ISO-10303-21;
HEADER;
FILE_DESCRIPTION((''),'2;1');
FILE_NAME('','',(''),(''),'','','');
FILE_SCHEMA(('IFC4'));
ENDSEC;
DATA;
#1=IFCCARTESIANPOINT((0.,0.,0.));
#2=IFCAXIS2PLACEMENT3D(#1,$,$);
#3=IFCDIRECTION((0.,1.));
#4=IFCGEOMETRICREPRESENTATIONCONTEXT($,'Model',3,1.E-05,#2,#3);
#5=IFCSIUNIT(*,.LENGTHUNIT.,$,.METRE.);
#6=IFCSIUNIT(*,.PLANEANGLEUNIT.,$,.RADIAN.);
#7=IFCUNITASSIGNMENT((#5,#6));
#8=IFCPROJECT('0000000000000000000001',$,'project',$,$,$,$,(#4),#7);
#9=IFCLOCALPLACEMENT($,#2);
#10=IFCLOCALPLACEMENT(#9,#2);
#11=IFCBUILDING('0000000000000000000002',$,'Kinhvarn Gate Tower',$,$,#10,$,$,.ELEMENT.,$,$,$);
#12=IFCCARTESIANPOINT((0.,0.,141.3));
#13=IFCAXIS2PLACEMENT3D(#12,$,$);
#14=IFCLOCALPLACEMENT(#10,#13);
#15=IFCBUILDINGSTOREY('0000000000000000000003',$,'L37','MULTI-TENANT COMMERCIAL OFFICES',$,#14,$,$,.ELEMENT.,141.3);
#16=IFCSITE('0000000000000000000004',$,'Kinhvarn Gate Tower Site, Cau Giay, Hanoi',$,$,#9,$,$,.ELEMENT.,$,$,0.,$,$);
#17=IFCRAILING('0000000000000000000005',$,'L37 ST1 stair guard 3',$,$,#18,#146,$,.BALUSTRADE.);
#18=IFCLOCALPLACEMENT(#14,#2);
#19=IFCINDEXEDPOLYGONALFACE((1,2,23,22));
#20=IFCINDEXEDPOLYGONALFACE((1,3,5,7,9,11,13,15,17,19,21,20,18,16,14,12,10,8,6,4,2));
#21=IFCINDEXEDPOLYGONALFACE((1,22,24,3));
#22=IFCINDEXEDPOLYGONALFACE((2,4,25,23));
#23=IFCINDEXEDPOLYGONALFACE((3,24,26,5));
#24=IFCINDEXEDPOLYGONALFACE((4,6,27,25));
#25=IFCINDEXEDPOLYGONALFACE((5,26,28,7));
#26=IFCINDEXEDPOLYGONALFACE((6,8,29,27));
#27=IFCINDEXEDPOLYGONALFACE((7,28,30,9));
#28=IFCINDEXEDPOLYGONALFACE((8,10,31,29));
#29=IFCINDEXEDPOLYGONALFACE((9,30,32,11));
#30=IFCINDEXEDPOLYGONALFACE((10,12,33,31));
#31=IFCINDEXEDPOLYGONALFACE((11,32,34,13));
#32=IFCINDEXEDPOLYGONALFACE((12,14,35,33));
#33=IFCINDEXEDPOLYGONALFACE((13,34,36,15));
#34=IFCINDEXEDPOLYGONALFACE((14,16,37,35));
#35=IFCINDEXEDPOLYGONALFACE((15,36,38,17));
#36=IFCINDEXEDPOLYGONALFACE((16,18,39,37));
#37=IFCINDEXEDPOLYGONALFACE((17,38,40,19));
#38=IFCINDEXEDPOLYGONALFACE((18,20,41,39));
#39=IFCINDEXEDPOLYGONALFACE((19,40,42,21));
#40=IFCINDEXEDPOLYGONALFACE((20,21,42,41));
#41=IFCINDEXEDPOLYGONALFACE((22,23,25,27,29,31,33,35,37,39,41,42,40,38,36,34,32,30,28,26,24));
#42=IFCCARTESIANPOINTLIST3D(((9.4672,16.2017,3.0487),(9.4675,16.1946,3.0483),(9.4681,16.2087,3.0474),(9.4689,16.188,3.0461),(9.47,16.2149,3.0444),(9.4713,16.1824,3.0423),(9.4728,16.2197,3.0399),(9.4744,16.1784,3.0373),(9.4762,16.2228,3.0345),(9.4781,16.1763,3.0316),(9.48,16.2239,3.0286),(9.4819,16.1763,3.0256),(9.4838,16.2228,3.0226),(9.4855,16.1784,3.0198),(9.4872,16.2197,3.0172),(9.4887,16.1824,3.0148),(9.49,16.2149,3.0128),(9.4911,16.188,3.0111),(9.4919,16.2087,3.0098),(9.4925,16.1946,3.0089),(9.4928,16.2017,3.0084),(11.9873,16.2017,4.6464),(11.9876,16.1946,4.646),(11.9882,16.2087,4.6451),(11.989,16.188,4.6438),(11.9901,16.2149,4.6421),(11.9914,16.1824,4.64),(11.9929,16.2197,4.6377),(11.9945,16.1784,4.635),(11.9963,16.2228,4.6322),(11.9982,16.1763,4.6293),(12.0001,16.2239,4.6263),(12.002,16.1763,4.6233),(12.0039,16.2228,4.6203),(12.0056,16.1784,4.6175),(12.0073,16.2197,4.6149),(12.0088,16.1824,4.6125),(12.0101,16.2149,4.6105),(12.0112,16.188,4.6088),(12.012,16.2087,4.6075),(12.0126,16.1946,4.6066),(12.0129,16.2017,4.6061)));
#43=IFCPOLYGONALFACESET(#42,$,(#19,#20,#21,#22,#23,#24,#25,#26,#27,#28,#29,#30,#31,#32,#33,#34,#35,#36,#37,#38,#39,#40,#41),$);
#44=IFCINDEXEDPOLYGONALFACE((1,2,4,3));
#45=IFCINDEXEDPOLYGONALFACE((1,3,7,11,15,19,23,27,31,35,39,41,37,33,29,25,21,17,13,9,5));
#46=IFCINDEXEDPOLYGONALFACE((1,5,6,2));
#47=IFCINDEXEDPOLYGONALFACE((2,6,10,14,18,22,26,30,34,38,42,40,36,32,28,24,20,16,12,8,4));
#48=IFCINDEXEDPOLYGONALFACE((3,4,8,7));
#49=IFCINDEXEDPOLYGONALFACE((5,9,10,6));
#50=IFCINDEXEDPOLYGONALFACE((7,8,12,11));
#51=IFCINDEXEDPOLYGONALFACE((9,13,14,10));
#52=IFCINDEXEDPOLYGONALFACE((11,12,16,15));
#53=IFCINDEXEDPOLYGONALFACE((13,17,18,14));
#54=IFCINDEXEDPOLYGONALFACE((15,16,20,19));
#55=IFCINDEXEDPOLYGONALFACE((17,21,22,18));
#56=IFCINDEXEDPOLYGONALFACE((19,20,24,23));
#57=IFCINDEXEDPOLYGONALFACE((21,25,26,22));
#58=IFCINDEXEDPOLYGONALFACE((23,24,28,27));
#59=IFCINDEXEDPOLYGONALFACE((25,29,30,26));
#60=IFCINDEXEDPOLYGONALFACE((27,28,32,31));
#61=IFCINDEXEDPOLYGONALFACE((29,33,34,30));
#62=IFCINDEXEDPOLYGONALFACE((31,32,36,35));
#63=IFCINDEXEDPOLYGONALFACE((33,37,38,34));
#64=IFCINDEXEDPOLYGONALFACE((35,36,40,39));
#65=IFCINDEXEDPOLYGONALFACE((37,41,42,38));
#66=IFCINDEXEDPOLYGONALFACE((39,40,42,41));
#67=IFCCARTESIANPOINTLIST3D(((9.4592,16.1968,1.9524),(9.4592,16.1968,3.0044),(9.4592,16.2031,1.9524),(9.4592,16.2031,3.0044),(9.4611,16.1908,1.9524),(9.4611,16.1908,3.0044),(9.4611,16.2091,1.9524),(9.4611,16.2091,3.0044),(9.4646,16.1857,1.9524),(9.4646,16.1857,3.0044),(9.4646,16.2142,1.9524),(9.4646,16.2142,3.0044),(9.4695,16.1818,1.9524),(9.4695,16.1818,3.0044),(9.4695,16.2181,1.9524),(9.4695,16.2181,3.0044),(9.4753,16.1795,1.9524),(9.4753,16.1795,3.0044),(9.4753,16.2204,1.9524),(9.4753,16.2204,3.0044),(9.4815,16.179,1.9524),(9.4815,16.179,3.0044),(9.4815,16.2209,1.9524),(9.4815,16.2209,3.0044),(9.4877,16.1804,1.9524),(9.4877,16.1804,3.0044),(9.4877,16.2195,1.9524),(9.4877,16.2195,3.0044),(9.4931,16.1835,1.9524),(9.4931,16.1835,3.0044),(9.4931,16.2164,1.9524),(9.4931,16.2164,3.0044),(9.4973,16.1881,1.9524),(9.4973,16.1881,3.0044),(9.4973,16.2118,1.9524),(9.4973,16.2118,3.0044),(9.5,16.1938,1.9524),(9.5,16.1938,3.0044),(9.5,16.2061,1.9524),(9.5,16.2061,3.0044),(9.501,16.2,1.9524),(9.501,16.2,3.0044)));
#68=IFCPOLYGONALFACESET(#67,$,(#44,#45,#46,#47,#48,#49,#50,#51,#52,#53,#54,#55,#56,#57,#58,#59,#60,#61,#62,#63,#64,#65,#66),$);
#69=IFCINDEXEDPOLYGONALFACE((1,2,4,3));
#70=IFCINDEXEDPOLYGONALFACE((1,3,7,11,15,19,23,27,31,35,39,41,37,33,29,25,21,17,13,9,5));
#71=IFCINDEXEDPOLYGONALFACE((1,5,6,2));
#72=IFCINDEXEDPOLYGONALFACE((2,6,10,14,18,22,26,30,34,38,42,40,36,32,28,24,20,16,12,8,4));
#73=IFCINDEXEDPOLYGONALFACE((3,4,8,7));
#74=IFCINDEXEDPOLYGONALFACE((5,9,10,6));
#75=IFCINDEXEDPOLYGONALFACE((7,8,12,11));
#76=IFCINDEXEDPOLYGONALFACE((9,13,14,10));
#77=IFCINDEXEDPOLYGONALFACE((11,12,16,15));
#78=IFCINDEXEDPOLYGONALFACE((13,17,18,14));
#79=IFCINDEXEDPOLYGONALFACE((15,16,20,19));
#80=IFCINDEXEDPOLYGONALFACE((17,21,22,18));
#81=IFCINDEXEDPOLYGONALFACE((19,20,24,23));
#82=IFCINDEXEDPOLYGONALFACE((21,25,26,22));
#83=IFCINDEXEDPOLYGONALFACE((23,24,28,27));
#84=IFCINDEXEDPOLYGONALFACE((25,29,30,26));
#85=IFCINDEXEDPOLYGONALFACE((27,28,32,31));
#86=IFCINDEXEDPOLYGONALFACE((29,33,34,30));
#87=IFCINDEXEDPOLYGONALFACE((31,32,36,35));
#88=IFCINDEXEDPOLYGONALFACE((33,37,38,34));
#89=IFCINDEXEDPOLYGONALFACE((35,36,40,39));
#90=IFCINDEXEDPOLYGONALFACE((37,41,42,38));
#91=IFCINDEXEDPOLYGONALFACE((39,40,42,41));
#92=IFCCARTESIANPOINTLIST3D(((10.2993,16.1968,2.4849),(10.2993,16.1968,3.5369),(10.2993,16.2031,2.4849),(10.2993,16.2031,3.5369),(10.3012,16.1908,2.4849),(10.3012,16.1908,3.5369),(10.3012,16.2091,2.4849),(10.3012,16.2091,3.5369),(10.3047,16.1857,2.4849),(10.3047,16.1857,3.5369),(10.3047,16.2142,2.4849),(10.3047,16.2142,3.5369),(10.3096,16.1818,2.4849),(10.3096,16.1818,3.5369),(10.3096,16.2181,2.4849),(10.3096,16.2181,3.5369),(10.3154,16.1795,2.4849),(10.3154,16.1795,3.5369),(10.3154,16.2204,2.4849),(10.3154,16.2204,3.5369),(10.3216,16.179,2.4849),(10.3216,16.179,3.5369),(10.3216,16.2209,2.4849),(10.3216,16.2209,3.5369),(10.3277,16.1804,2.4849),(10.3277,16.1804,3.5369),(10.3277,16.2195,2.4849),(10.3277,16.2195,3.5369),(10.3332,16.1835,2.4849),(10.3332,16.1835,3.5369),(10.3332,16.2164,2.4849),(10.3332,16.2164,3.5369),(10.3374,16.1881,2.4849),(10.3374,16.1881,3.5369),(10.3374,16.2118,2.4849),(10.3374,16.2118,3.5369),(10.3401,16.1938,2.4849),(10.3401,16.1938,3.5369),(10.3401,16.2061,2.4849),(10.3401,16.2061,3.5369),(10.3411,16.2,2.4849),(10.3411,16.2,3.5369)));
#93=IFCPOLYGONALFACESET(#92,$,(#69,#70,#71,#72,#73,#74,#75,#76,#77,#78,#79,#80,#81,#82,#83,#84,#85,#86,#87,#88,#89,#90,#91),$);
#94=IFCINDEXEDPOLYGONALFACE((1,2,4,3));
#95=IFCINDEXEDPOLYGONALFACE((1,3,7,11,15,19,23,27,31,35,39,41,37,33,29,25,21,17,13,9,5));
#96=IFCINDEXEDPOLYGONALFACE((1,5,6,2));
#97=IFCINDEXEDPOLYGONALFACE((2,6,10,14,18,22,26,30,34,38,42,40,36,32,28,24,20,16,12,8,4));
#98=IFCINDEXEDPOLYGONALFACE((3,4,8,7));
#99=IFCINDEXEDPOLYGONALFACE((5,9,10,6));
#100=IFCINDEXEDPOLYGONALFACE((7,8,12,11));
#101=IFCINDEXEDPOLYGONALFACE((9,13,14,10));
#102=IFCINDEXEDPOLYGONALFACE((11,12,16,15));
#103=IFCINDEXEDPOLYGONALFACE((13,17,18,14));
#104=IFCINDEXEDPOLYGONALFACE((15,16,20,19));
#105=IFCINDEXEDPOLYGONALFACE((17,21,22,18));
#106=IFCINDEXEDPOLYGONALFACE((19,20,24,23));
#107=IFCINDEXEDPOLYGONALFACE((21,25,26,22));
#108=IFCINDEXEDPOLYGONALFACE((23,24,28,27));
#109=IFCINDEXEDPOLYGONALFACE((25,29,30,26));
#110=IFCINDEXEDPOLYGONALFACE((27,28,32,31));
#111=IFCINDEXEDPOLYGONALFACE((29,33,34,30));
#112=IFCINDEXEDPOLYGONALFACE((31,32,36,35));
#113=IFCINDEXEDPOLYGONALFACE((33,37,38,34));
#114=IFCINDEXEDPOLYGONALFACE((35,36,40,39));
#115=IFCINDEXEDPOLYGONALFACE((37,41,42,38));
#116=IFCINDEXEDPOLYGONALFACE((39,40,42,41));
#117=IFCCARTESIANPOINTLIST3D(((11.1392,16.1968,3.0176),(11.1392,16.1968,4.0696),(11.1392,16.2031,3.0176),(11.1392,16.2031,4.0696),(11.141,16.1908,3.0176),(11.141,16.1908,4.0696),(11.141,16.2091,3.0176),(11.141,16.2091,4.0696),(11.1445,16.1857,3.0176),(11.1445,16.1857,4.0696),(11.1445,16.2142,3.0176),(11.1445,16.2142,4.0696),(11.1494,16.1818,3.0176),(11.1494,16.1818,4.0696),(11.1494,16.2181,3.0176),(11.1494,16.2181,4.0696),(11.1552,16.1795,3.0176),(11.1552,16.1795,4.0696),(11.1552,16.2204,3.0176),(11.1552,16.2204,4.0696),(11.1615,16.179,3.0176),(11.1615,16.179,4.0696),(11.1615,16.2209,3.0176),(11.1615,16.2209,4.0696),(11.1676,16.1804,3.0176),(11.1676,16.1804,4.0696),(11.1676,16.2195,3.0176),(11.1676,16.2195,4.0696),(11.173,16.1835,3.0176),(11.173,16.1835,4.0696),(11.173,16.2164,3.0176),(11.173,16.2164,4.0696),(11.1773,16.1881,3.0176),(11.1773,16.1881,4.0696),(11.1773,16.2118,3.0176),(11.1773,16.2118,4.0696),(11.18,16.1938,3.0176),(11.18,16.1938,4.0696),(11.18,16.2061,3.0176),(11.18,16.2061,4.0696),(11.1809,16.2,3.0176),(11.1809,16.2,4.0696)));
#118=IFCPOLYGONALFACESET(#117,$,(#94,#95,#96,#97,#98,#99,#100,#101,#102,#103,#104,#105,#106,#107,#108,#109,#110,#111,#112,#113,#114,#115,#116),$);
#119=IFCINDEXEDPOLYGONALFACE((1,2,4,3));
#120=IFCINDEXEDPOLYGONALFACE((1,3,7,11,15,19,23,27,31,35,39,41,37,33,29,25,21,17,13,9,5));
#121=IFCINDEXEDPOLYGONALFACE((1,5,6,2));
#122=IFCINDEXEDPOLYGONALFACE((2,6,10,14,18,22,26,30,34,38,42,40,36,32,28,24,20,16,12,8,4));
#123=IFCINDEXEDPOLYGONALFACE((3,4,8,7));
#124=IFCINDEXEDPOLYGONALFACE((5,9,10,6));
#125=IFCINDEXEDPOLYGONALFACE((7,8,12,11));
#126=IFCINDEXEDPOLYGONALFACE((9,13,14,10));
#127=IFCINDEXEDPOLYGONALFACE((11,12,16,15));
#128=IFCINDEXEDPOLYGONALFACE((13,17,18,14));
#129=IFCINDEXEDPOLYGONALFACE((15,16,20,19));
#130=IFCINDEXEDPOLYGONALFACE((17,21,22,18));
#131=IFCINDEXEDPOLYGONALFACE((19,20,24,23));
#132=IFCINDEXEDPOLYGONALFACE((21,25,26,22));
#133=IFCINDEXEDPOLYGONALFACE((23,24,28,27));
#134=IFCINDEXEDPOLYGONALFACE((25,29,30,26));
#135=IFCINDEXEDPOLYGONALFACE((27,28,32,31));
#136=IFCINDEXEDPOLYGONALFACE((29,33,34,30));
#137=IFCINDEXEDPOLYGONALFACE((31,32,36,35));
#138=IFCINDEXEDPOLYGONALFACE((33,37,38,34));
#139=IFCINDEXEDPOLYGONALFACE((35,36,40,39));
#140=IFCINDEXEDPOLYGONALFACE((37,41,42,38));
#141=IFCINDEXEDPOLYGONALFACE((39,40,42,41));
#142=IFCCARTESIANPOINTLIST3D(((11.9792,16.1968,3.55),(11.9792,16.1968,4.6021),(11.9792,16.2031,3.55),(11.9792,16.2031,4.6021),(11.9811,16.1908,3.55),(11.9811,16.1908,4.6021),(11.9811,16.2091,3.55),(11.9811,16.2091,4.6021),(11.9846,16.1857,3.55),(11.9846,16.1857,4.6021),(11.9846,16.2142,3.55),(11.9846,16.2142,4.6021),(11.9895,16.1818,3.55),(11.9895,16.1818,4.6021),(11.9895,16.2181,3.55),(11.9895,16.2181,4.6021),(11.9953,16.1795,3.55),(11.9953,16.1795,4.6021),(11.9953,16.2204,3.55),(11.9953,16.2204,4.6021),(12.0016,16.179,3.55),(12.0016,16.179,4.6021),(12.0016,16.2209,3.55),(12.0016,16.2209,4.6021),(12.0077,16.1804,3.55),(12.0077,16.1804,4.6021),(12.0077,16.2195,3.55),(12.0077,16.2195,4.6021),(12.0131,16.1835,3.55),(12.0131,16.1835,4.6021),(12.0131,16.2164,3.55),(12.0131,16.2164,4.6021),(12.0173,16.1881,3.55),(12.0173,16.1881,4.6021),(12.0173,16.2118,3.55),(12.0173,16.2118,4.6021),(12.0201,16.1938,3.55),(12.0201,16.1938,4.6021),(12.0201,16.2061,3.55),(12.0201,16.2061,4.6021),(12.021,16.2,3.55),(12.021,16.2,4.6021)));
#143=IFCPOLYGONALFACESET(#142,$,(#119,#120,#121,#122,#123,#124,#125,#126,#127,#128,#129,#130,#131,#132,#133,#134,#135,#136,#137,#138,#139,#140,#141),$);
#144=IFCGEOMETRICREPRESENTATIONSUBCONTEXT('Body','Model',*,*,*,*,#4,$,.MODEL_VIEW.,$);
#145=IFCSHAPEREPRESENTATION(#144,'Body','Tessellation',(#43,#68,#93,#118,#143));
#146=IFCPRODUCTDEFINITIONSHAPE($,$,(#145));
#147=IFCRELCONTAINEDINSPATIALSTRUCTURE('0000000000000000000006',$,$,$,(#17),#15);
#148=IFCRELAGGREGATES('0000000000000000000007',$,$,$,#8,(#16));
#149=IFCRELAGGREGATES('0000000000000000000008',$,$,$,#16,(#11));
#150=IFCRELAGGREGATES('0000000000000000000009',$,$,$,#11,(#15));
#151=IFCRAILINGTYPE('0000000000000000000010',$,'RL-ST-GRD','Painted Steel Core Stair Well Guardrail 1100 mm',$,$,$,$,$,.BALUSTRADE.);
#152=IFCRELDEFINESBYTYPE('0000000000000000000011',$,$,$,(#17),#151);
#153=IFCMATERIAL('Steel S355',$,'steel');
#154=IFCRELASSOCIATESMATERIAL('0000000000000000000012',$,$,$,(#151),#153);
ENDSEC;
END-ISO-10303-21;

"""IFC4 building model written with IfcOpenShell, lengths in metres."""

from ifc_helpers import new_model, si_unit, direction, frame, origin, origin_2d, place, context, subcontext, project, spatial, circle, extrude, material, type_object, element, save


model = new_model("IFC4")

# Units and contexts
model_context = context("Model", 3, precision=1e-05, world=origin(), true_north=direction((0.0, 1.0)))
body_context = subcontext(model_context, "Body", "Model", "MODEL_VIEW")
ifc_project = project(units=[si_unit("LENGTHUNIT", "METRE"), si_unit("PLANEANGLEUNIT", "RADIAN")], contexts=[model_context])

# Site, building, storey
site_placement = place(None, origin())
site = spatial("IfcSite", under=ifc_project, at=site_placement, Name="Kinhvarn Gate Tower Site, Cau Giay, Hanoi", CompositionType="ELEMENT", RefElevation=0.0)
building_placement = place(site_placement, origin())
building = spatial("IfcBuilding", under=site, at=building_placement, Name="Kinhvarn Gate Tower", CompositionType="ELEMENT")
storey_placement = place(building_placement, frame((0.0, 0.0, 141.3)))
storey = spatial("IfcBuildingStorey", under=building, at=storey_placement, Name="L37", Description="MULTI-TENANT COMMERCIAL OFFICES", CompositionType="ELEMENT", Elevation=141.3)

# Shared definitions
ifc_material_1 = material(Name="Steel S355", Category="steel")

# Railing
railing_type_1 = type_object("IfcRailingType", Name="RL-ST-GRD", Description="Painted Steel Core Stair Well Guardrail 1100 mm", PredefinedType="BALUSTRADE", material=ifc_material_1)
railing_1_placement = place(storey_placement, frame((9.48, 16.2, 1.9524)))
element("IfcRailing", 1, at=railing_1_placement, inside=storey, type_object=railing_type_1, Name="L37 ST1 stair guard 3", PredefinedType="BALUSTRADE", context=body_context, shape_type="SweptSolid", body=[
    extrude(circle(Radius=0.0239, at=origin_2d()), frame((0.0, 0.0, 1.0762), z_axis=(0.84457, 0.0, 0.535445), x_axis=(0.0, 1.0, 0.0)), (0.0, 0.0, 1.0), 2.9839),
    extrude(circle(Radius=0.021, at=origin_2d()), origin(), (0.0, 0.0, 1.0), 1.052),
    extrude(circle(Radius=0.021, at=origin_2d()), frame((0.8401, 0.0, 0.5325)), (0.0, 0.0, 1.0), 1.052),
    extrude(circle(Radius=0.021, at=origin_2d()), frame((1.6799, 0.0, 1.0652)), (0.0, 0.0, 1.0), 1.052),
    extrude(circle(Radius=0.021, at=origin_2d()), frame((2.52, 0.0, 1.5977)), (0.0, 0.0, 1.0), 1.052),
])

save(model, "model.ifc")
